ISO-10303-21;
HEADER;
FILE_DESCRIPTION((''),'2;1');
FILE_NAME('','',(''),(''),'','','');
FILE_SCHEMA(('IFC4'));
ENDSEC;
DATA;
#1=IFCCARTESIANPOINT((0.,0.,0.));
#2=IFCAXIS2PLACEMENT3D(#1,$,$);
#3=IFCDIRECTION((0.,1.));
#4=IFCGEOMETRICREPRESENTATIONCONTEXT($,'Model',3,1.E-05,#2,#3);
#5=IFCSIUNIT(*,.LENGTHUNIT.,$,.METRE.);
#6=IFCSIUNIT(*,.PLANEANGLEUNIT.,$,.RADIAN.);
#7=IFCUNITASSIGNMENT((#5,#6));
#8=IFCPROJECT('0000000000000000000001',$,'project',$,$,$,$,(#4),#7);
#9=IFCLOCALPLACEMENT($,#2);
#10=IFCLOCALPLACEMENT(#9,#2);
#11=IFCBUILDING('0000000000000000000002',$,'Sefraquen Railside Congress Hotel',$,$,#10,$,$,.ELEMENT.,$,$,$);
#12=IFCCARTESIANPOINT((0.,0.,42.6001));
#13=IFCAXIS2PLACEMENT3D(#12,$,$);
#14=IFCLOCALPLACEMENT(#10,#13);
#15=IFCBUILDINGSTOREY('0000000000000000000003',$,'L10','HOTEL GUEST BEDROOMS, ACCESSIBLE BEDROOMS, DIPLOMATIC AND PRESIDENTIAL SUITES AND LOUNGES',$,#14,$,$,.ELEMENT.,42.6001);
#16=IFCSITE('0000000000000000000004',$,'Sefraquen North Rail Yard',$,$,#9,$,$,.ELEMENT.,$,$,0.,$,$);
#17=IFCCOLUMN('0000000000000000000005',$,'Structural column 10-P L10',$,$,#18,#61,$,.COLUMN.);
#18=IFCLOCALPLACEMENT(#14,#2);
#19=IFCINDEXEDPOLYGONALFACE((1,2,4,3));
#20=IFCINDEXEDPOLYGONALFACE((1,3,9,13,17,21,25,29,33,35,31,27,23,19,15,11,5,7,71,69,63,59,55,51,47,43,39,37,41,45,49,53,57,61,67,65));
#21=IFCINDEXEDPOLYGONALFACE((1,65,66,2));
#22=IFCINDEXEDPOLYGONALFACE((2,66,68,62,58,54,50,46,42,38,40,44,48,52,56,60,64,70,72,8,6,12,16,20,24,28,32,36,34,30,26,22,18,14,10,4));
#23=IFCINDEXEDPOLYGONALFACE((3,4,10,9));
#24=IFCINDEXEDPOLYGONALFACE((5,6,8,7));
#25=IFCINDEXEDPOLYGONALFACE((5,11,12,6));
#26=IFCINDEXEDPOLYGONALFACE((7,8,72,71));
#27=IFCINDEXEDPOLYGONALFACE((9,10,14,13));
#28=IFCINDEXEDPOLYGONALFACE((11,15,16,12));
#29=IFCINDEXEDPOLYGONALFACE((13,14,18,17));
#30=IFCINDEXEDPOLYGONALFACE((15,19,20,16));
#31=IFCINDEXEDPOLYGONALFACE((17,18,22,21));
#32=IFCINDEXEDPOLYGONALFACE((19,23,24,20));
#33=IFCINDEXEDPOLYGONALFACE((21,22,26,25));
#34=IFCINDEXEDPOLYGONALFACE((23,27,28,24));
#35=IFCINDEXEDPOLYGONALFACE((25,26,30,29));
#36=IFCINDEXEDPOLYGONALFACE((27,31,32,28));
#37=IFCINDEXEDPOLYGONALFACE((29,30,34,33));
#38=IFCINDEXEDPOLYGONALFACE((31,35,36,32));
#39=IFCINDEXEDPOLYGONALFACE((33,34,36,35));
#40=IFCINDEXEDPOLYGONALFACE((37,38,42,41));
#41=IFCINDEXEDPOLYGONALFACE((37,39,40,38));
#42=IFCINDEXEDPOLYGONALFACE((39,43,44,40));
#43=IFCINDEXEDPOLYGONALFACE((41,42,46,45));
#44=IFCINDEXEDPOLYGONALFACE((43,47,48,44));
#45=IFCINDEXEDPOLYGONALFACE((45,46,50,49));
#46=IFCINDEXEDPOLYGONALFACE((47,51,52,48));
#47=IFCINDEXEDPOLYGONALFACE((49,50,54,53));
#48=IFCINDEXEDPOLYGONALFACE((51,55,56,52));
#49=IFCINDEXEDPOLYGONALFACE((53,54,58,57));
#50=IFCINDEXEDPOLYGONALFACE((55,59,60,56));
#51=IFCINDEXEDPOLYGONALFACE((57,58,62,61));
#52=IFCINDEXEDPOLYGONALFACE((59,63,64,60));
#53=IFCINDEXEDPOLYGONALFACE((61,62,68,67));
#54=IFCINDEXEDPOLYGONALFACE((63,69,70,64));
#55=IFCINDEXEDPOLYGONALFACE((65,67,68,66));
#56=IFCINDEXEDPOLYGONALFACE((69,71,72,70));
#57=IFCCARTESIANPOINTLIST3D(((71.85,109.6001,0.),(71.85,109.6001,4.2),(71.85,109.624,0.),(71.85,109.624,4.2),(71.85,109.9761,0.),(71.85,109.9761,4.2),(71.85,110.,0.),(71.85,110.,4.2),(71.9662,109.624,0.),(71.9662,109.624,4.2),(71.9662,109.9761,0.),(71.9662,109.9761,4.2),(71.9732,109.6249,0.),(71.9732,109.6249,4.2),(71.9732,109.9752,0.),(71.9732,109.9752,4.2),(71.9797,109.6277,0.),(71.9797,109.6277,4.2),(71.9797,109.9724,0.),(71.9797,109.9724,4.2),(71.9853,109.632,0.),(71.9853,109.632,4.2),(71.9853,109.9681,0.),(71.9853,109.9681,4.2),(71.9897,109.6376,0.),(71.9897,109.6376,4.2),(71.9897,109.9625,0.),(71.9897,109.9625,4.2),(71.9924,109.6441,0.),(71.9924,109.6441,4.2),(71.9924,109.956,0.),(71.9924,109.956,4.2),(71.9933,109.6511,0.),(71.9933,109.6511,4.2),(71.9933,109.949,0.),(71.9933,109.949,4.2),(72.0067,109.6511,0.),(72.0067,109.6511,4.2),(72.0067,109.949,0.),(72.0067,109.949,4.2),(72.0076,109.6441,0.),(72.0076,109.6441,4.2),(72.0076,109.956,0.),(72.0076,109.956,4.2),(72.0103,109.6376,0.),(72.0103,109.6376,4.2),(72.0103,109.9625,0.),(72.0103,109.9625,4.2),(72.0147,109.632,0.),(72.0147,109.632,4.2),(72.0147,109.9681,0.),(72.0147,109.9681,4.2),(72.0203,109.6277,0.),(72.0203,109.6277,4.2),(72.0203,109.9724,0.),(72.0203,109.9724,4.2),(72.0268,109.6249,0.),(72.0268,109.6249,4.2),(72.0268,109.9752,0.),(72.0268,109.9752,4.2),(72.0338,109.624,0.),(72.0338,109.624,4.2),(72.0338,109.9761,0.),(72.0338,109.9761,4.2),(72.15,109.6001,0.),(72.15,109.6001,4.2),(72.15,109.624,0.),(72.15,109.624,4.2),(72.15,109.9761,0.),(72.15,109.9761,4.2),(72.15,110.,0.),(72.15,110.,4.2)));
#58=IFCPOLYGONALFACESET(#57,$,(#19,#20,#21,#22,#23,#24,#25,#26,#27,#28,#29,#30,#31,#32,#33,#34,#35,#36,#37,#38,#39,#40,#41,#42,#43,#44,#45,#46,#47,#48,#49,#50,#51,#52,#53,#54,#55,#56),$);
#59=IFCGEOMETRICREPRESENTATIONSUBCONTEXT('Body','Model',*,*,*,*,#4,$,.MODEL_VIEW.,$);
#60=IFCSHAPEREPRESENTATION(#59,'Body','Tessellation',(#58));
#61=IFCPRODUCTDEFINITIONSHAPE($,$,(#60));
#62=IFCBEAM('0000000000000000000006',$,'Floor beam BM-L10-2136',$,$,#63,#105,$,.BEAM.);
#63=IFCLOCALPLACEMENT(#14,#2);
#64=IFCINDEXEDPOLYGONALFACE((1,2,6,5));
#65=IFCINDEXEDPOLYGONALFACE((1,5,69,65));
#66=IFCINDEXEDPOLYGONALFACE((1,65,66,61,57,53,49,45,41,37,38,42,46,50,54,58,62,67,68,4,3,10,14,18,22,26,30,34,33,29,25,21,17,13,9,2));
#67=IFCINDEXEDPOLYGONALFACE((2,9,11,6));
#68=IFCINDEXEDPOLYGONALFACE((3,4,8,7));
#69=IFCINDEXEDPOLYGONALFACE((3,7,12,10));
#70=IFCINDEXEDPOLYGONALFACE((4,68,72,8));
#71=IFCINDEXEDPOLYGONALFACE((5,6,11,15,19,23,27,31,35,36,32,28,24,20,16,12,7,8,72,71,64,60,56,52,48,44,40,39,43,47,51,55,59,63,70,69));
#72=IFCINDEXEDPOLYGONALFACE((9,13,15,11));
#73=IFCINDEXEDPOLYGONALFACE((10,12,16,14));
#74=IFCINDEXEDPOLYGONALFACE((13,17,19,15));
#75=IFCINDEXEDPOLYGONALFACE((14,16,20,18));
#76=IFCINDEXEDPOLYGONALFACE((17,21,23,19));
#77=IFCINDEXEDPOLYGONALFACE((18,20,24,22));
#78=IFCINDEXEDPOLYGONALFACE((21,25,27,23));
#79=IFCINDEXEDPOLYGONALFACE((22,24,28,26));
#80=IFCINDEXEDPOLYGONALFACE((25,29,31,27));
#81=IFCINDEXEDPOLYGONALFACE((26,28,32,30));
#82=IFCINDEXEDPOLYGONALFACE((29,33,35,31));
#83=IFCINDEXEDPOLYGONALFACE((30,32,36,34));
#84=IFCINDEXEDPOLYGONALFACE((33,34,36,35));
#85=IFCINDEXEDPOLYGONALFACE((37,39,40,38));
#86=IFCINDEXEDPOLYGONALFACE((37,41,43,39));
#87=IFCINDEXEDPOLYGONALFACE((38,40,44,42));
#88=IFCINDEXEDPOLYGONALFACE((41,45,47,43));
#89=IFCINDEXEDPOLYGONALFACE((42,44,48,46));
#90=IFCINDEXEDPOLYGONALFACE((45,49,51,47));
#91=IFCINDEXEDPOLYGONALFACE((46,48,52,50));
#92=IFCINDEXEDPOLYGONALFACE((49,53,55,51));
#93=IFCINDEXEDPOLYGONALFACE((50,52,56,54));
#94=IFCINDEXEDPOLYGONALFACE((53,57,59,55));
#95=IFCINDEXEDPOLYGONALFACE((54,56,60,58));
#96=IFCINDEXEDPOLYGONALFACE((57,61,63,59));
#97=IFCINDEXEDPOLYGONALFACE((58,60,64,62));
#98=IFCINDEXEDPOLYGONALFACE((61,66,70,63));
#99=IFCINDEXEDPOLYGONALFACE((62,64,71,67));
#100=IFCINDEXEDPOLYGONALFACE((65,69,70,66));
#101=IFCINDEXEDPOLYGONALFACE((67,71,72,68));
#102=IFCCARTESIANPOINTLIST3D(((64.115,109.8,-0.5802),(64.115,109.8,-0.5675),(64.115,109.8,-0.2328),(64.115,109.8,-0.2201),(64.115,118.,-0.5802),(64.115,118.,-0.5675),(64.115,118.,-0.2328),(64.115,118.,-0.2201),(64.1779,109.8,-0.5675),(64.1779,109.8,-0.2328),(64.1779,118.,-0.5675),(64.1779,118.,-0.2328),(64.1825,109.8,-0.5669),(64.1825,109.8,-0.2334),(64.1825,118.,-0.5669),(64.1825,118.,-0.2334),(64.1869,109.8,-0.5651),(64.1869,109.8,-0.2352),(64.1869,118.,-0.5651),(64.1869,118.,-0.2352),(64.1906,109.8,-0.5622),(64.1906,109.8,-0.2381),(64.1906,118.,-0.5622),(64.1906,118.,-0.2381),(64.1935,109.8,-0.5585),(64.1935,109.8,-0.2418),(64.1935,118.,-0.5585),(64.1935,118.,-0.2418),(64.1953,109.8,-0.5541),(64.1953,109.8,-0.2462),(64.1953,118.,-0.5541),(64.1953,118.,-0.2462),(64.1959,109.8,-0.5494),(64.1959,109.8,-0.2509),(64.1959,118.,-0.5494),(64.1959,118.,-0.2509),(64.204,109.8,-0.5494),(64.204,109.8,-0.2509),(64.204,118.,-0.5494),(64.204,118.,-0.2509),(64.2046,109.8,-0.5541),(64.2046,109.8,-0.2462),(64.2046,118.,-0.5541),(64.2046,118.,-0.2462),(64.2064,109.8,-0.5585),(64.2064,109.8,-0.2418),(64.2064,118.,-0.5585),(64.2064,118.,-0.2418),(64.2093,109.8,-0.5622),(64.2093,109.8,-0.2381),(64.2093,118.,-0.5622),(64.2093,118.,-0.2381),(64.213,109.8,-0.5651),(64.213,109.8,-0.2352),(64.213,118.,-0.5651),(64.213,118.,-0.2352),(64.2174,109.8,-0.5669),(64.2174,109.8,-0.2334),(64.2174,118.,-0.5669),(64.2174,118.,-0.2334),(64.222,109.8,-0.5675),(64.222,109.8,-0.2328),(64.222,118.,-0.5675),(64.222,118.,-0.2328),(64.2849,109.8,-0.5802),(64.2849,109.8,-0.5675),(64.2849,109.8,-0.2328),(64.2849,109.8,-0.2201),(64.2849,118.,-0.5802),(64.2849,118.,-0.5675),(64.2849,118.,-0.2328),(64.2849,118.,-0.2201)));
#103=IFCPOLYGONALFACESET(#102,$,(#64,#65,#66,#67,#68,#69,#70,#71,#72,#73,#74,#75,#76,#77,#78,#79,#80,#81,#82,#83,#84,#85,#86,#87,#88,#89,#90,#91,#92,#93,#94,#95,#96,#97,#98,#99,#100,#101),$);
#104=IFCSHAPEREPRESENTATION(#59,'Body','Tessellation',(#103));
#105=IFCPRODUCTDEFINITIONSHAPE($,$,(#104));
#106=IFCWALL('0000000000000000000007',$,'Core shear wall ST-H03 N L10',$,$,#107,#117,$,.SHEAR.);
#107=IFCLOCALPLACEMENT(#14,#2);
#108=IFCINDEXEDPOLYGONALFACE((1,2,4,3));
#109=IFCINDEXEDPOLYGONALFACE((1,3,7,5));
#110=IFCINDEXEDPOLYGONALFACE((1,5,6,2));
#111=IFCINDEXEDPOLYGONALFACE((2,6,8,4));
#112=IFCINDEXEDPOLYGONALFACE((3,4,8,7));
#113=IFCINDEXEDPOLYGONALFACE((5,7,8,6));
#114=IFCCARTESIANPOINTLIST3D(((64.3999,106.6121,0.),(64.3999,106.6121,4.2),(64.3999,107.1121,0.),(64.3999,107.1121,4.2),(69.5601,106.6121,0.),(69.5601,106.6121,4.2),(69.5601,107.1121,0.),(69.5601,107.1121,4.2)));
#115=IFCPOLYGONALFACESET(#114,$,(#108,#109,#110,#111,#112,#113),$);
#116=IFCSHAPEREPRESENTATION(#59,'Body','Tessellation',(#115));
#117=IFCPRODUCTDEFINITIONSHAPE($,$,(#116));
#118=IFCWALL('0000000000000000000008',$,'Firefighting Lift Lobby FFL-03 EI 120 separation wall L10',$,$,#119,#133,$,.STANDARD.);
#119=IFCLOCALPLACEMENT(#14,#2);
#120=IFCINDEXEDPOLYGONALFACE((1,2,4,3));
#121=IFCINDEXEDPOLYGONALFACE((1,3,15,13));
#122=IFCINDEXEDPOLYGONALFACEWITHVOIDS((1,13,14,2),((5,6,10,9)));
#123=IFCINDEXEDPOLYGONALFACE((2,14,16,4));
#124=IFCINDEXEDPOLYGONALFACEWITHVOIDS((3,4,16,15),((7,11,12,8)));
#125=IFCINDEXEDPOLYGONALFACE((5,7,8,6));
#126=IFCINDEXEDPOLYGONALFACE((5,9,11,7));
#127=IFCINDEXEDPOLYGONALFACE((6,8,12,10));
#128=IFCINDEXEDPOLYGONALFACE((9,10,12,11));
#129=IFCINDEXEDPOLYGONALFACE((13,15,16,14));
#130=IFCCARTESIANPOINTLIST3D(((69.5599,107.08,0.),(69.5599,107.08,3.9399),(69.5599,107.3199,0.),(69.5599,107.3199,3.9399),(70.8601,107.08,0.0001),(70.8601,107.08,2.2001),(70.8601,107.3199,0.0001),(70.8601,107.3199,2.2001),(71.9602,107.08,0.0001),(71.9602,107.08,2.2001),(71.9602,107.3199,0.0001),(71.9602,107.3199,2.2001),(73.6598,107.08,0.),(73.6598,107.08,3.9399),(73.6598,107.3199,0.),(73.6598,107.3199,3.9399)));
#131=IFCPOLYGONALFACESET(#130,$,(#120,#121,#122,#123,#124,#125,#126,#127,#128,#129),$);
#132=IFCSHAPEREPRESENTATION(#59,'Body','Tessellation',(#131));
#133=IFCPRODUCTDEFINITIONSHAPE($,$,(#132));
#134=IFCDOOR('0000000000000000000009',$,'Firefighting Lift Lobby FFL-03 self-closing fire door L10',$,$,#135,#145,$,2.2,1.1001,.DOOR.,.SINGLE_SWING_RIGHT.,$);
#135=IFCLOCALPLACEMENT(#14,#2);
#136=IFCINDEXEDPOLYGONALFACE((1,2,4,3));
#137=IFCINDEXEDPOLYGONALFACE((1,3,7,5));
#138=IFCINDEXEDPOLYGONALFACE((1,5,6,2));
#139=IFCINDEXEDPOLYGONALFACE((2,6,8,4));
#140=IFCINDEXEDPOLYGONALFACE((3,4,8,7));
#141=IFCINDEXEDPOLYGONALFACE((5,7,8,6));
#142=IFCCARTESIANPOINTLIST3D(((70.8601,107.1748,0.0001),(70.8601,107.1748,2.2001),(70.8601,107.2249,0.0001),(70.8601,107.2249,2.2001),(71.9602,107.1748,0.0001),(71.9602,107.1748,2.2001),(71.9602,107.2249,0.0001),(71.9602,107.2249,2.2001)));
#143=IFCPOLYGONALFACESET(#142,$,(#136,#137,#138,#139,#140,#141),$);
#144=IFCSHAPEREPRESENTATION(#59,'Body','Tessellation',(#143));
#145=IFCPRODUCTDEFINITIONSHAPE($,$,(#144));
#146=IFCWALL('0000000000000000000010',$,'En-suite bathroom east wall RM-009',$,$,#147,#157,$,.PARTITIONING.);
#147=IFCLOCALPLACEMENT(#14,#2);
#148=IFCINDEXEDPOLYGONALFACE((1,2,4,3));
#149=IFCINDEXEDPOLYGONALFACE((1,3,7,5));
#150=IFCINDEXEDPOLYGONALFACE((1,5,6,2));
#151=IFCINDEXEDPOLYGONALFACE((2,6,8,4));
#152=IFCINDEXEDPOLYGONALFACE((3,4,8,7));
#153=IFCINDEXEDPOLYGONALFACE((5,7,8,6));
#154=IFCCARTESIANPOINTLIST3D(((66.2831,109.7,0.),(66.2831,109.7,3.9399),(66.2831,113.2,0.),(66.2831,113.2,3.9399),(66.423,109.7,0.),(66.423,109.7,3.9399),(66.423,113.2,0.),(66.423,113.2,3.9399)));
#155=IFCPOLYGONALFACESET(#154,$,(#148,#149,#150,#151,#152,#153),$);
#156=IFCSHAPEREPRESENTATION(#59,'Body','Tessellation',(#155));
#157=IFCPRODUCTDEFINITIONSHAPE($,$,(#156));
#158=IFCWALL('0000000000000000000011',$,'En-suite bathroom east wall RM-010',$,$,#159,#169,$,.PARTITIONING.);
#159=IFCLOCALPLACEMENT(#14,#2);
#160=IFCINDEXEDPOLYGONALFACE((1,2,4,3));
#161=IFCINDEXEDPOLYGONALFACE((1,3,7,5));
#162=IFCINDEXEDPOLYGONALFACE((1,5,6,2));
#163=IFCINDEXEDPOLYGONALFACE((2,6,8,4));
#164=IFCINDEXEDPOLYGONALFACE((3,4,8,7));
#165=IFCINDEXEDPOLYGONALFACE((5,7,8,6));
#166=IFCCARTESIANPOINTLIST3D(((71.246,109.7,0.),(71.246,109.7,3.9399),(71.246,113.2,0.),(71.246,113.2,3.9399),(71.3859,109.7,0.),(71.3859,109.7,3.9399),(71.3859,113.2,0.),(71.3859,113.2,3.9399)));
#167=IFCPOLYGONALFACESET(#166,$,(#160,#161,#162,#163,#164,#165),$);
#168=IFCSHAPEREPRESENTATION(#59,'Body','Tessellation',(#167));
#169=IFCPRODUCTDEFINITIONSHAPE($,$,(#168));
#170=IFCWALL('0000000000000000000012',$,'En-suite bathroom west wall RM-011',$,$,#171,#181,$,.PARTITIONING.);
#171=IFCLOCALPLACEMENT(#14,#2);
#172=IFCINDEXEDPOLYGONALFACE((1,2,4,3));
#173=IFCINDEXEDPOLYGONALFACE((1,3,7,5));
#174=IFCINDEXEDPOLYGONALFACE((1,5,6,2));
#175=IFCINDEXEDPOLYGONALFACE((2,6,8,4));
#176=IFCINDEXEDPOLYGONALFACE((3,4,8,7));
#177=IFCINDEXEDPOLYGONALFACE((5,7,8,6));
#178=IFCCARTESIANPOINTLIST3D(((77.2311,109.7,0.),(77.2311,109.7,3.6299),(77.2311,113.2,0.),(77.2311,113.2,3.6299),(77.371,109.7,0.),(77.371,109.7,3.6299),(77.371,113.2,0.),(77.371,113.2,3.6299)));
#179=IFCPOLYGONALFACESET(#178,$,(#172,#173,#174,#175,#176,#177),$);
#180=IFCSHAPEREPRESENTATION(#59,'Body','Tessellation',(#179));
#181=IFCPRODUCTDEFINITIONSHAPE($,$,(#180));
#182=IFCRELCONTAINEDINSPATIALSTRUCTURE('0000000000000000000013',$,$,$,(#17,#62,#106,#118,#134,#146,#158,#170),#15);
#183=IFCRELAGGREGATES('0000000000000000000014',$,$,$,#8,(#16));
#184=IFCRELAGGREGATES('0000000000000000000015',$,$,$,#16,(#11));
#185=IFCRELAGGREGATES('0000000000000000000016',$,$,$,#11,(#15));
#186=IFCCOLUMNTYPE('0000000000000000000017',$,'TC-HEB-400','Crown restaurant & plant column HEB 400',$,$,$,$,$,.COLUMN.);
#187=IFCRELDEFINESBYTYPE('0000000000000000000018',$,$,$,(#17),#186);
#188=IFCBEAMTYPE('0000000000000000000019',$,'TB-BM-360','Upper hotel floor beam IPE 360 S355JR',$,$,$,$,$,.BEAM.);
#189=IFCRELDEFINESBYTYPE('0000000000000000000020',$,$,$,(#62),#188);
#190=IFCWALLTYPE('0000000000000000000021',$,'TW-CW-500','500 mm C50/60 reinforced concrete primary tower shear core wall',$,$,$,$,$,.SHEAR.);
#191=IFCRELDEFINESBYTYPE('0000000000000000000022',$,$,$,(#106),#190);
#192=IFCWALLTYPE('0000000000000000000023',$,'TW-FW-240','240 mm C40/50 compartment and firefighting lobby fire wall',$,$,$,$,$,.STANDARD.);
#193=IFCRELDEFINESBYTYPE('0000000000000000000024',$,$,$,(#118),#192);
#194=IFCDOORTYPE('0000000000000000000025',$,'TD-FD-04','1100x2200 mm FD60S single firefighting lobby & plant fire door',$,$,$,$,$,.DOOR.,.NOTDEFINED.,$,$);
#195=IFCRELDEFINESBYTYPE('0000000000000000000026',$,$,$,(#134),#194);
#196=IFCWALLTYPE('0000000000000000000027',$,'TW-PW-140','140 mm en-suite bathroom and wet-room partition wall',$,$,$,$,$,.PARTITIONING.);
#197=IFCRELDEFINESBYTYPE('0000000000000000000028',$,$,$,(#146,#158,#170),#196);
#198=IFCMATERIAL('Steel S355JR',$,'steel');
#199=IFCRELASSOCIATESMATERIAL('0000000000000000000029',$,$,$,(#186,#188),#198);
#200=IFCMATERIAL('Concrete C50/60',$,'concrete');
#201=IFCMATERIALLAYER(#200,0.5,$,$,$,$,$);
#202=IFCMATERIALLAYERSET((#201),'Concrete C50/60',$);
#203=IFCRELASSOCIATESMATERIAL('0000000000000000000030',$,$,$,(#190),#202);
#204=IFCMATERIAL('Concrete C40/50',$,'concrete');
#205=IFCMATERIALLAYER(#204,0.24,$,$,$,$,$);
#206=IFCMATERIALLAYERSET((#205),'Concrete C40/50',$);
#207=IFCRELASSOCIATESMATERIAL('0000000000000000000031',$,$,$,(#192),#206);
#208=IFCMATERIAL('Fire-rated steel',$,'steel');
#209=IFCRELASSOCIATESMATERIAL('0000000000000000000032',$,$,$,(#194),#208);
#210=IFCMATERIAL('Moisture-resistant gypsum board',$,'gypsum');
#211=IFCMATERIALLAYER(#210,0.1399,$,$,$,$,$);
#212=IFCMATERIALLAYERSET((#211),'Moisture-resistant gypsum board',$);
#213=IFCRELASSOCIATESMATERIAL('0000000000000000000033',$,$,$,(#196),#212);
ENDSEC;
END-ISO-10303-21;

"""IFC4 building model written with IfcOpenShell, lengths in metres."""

from ifc_helpers import new_model, si_unit, direction, frame, frame_2d, origin, origin_2d, place, context, subcontext, project, spatial, rectangle, i_section, extrude, material, layer, layer_set, material_profile, profile_set, type_object, element, fill, save


model = new_model("IFC4")

# Units and contexts
model_context = context("Model", 3, precision=1e-05, world=origin(), true_north=direction((0.0, 1.0)))
body_context = subcontext(model_context, "Body", "Model", "MODEL_VIEW")
ifc_project = project(units=[si_unit("LENGTHUNIT", "METRE"), si_unit("PLANEANGLEUNIT", "RADIAN")], contexts=[model_context])

# Site, building, storey
site_placement = place(None, origin())
site = spatial("IfcSite", under=ifc_project, at=site_placement, Name="Sefraquen North Rail Yard", CompositionType="ELEMENT", RefElevation=0.0)
building_placement = place(site_placement, origin())
building = spatial("IfcBuilding", under=site, at=building_placement, Name="Sefraquen Railside Congress Hotel", CompositionType="ELEMENT")
storey_placement = place(building_placement, frame((0.0, 0.0, 42.6001)))
storey = spatial("IfcBuildingStorey", under=building, at=storey_placement, Name="L10", Description="HOTEL GUEST BEDROOMS, ACCESSIBLE BEDROOMS, DIPLOMATIC AND PRESIDENTIAL SUITES AND LOUNGES", CompositionType="ELEMENT", Elevation=42.6001)

# Column
ifc_material_1 = material(Name="Steel S355JR", Category="steel")
ifc_material_profile_1 = material_profile(ifc_material_1, i_section(OverallWidth=0.3, OverallDepth=0.3999, WebThickness=0.0134, FlangeThickness=0.0239, FilletRadius=0.0271, at=origin_2d()), Name="HEB 400")
ifc_profile_set_1 = profile_set([ifc_material_profile_1], Name="Steel S355JR")
column_type = type_object("IfcColumnType", Name="TC-HEB-400", Description="Crown restaurant & plant column HEB 400", PredefinedType="COLUMN", material=ifc_profile_set_1)
column_placement = place(storey_placement, frame((72.0, 109.8, 0.0), z_axis=(0.0, 0.0, 1.0), x_axis=(1.0, 0.0, 0.0)))
element("IfcColumn", 1, at=column_placement, inside=storey, type_object=column_type, Name="Structural column 10-P L10", PredefinedType="COLUMN", context=body_context, shape_type="SweptSolid", body=[
    extrude(i_section(OverallWidth=0.3, OverallDepth=0.3999, WebThickness=0.0134, FlangeThickness=0.0239, FilletRadius=0.0271, at=origin_2d()), origin(), (0.0, 0.0, 1.0), 4.2),
])

# Beam
ifc_material_profile_2 = material_profile(ifc_material_1, i_section(OverallWidth=0.1699, OverallDepth=0.3601, WebThickness=0.0081, FlangeThickness=0.0127, FilletRadius=0.0181, at=origin_2d()), Name="IPE 360")
ifc_profile_set_2 = profile_set([ifc_material_profile_2], Name="Steel S355JR")
beam_type = type_object("IfcBeamType", Name="TB-BM-360", Description="Upper hotel floor beam IPE 360 S355JR", PredefinedType="BEAM", material=ifc_profile_set_2)
beam_placement = place(storey_placement, frame((64.2, 109.8, -0.4001), z_axis=(0.0, 1.0, 0.0), x_axis=(-1.0, 0.0, 0.0)))
element("IfcBeam", 2, at=beam_placement, inside=storey, type_object=beam_type, Name="Floor beam BM-L10-2136", PredefinedType="BEAM", context=body_context, shape_type="SweptSolid", body=[
    extrude(i_section(OverallWidth=0.1699, OverallDepth=0.3601, WebThickness=0.0081, FlangeThickness=0.0127, FilletRadius=0.0181, at=origin_2d()), origin(), (0.0, 0.0, 1.0), 8.2),
])

# Wall
ifc_material_2 = material(Name="Concrete C50/60", Category="concrete")
ifc_layer_1 = layer(ifc_material_2, 0.5)
ifc_layer_set_1 = layer_set([ifc_layer_1], Name="Concrete C50/60")
wall_type_1 = type_object("IfcWallType", Name="TW-CW-500", Description="500 mm C50/60 reinforced concrete primary tower shear core wall", PredefinedType="SHEAR", material=ifc_layer_set_1)
wall_1_placement = place(storey_placement, frame((64.3999, 106.8621, 0.0), z_axis=(0.0, 0.0, 1.0), x_axis=(1.0, 0.0, 0.0)))
element("IfcWall", 3, at=wall_1_placement, inside=storey, type_object=wall_type_1, Name="Core shear wall ST-H03 N L10", PredefinedType="SHEAR", context=body_context, shape_type="SweptSolid", body=[
    extrude(rectangle(XDim=5.1602, YDim=0.5, at=frame_2d((2.5801, 0.0))), origin(), (0.0, 0.0, 1.0), 4.2),
])

# Wall, opening, door
ifc_material_3 = material(Name="Concrete C40/50", Category="concrete")
ifc_layer_2 = layer(ifc_material_3, 0.24)
ifc_layer_set_2 = layer_set([ifc_layer_2], Name="Concrete C40/50")
wall_type_2 = type_object("IfcWallType", Name="TW-FW-240", Description="240 mm C40/50 compartment and firefighting lobby fire wall", PredefinedType="STANDARD", material=ifc_layer_set_2)
wall_2_placement = place(storey_placement, frame((69.5601, 107.2, 0.0), z_axis=(0.0, 0.0, 1.0), x_axis=(1.0, 0.0, 0.0)))
wall_2 = element("IfcWall", 4, at=wall_2_placement, inside=storey, type_object=wall_type_2, Name="Firefighting Lift Lobby FFL-03 EI 120 separation wall L10", PredefinedType="STANDARD", context=body_context, shape_type="SweptSolid", body=[
    extrude(rectangle(XDim=4.0999, YDim=0.24, at=frame_2d((2.0498, 0.0))), origin(), (0.0, 0.0, 1.0), 3.9399),
])
opening_1_placement = place(wall_2_placement, frame((1.3, 0.0, 0.0)))
opening_1 = element("IfcOpeningElement", 5, at=opening_1_placement, cuts=wall_2, PredefinedType="OPENING", context=body_context, shape_type="SweptSolid", body=[
    extrude(rectangle(XDim=1.1001, YDim=2.2, at=frame_2d((0.55, 1.1001))), frame((0.0, 0.1299, 0.0), z_axis=(0.0, -1.0, 0.0), x_axis=(1.0, 0.0, 0.0)), (0.0, 0.0, 1.0), 0.26),
])
ifc_material_4 = material(Name="Fire-rated steel", Category="steel")
door_type_1 = type_object("IfcDoorType", Name="TD-FD-04", Description="1100x2200 mm FD60S single firefighting lobby & plant fire door", OperationType="NOTDEFINED", PredefinedType="DOOR", material=ifc_material_4)
door_1_placement = place(opening_1_placement, origin())
door_1 = element("IfcDoor", 6, at=door_1_placement, inside=storey, type_object=door_type_1, Name="Firefighting Lift Lobby FFL-03 self-closing fire door L10", OperationType="SINGLE_SWING_RIGHT", OverallHeight=2.2, OverallWidth=1.1001, PredefinedType="DOOR", context=body_context, shape_type="SweptSolid", body=[
    extrude(rectangle(XDim=1.1001, YDim=2.2, at=frame_2d((0.55, 1.1001))), frame((0.0, 0.0249, 0.0), z_axis=(0.0, -1.0, 0.0), x_axis=(1.0, 0.0, 0.0)), (0.0, 0.0, 1.0), 0.05),
])
fill(opening_1, door_1)

# Walls
ifc_material_5 = material(Name="Moisture-resistant gypsum board", Category="gypsum")
ifc_layer_3 = layer(ifc_material_5, 0.1399)
ifc_layer_set_3 = layer_set([ifc_layer_3], Name="Moisture-resistant gypsum board")
wall_type_3 = type_object("IfcWallType", Name="TW-PW-140", Description="140 mm en-suite bathroom and wet-room partition wall", PredefinedType="PARTITIONING", material=ifc_layer_set_3)
for number, where, z_axis, x_axis, name in (
    (7, (66.353, 109.7, 0.0), (0.0, 0.0, 1.0), (0.0, 1.0, 0.0), "En-suite bathroom east wall RM-009"),
    (8, (71.3159, 109.7, 0.0), (0.0, 0.0, 1.0), (0.0, 1.0, 0.0), "En-suite bathroom east wall RM-010"),
):
    element("IfcWall", number, at=place(storey_placement, frame(where, z_axis=z_axis, x_axis=x_axis)), inside=storey, type_object=wall_type_3, Name=name, PredefinedType="PARTITIONING", context=body_context, shape_type="SweptSolid", body=[
        extrude(rectangle(XDim=3.5, YDim=0.1399, at=frame_2d((1.75, 0.0))), origin(), (0.0, 0.0, 1.0), 3.9399),
    ])
wall_3_placement = place(storey_placement, frame((77.301, 109.7, 0.0), z_axis=(0.0, 0.0, 1.0), x_axis=(0.0, 1.0, 0.0)))
element("IfcWall", 9, at=wall_3_placement, inside=storey, type_object=wall_type_3, Name="En-suite bathroom west wall RM-011", PredefinedType="PARTITIONING", context=body_context, shape_type="SweptSolid", body=[
    extrude(rectangle(XDim=3.5, YDim=0.1399, at=frame_2d((1.75, 0.0))), origin(), (0.0, 0.0, 1.0), 3.6299),
])

save(model, "model.ifc")
